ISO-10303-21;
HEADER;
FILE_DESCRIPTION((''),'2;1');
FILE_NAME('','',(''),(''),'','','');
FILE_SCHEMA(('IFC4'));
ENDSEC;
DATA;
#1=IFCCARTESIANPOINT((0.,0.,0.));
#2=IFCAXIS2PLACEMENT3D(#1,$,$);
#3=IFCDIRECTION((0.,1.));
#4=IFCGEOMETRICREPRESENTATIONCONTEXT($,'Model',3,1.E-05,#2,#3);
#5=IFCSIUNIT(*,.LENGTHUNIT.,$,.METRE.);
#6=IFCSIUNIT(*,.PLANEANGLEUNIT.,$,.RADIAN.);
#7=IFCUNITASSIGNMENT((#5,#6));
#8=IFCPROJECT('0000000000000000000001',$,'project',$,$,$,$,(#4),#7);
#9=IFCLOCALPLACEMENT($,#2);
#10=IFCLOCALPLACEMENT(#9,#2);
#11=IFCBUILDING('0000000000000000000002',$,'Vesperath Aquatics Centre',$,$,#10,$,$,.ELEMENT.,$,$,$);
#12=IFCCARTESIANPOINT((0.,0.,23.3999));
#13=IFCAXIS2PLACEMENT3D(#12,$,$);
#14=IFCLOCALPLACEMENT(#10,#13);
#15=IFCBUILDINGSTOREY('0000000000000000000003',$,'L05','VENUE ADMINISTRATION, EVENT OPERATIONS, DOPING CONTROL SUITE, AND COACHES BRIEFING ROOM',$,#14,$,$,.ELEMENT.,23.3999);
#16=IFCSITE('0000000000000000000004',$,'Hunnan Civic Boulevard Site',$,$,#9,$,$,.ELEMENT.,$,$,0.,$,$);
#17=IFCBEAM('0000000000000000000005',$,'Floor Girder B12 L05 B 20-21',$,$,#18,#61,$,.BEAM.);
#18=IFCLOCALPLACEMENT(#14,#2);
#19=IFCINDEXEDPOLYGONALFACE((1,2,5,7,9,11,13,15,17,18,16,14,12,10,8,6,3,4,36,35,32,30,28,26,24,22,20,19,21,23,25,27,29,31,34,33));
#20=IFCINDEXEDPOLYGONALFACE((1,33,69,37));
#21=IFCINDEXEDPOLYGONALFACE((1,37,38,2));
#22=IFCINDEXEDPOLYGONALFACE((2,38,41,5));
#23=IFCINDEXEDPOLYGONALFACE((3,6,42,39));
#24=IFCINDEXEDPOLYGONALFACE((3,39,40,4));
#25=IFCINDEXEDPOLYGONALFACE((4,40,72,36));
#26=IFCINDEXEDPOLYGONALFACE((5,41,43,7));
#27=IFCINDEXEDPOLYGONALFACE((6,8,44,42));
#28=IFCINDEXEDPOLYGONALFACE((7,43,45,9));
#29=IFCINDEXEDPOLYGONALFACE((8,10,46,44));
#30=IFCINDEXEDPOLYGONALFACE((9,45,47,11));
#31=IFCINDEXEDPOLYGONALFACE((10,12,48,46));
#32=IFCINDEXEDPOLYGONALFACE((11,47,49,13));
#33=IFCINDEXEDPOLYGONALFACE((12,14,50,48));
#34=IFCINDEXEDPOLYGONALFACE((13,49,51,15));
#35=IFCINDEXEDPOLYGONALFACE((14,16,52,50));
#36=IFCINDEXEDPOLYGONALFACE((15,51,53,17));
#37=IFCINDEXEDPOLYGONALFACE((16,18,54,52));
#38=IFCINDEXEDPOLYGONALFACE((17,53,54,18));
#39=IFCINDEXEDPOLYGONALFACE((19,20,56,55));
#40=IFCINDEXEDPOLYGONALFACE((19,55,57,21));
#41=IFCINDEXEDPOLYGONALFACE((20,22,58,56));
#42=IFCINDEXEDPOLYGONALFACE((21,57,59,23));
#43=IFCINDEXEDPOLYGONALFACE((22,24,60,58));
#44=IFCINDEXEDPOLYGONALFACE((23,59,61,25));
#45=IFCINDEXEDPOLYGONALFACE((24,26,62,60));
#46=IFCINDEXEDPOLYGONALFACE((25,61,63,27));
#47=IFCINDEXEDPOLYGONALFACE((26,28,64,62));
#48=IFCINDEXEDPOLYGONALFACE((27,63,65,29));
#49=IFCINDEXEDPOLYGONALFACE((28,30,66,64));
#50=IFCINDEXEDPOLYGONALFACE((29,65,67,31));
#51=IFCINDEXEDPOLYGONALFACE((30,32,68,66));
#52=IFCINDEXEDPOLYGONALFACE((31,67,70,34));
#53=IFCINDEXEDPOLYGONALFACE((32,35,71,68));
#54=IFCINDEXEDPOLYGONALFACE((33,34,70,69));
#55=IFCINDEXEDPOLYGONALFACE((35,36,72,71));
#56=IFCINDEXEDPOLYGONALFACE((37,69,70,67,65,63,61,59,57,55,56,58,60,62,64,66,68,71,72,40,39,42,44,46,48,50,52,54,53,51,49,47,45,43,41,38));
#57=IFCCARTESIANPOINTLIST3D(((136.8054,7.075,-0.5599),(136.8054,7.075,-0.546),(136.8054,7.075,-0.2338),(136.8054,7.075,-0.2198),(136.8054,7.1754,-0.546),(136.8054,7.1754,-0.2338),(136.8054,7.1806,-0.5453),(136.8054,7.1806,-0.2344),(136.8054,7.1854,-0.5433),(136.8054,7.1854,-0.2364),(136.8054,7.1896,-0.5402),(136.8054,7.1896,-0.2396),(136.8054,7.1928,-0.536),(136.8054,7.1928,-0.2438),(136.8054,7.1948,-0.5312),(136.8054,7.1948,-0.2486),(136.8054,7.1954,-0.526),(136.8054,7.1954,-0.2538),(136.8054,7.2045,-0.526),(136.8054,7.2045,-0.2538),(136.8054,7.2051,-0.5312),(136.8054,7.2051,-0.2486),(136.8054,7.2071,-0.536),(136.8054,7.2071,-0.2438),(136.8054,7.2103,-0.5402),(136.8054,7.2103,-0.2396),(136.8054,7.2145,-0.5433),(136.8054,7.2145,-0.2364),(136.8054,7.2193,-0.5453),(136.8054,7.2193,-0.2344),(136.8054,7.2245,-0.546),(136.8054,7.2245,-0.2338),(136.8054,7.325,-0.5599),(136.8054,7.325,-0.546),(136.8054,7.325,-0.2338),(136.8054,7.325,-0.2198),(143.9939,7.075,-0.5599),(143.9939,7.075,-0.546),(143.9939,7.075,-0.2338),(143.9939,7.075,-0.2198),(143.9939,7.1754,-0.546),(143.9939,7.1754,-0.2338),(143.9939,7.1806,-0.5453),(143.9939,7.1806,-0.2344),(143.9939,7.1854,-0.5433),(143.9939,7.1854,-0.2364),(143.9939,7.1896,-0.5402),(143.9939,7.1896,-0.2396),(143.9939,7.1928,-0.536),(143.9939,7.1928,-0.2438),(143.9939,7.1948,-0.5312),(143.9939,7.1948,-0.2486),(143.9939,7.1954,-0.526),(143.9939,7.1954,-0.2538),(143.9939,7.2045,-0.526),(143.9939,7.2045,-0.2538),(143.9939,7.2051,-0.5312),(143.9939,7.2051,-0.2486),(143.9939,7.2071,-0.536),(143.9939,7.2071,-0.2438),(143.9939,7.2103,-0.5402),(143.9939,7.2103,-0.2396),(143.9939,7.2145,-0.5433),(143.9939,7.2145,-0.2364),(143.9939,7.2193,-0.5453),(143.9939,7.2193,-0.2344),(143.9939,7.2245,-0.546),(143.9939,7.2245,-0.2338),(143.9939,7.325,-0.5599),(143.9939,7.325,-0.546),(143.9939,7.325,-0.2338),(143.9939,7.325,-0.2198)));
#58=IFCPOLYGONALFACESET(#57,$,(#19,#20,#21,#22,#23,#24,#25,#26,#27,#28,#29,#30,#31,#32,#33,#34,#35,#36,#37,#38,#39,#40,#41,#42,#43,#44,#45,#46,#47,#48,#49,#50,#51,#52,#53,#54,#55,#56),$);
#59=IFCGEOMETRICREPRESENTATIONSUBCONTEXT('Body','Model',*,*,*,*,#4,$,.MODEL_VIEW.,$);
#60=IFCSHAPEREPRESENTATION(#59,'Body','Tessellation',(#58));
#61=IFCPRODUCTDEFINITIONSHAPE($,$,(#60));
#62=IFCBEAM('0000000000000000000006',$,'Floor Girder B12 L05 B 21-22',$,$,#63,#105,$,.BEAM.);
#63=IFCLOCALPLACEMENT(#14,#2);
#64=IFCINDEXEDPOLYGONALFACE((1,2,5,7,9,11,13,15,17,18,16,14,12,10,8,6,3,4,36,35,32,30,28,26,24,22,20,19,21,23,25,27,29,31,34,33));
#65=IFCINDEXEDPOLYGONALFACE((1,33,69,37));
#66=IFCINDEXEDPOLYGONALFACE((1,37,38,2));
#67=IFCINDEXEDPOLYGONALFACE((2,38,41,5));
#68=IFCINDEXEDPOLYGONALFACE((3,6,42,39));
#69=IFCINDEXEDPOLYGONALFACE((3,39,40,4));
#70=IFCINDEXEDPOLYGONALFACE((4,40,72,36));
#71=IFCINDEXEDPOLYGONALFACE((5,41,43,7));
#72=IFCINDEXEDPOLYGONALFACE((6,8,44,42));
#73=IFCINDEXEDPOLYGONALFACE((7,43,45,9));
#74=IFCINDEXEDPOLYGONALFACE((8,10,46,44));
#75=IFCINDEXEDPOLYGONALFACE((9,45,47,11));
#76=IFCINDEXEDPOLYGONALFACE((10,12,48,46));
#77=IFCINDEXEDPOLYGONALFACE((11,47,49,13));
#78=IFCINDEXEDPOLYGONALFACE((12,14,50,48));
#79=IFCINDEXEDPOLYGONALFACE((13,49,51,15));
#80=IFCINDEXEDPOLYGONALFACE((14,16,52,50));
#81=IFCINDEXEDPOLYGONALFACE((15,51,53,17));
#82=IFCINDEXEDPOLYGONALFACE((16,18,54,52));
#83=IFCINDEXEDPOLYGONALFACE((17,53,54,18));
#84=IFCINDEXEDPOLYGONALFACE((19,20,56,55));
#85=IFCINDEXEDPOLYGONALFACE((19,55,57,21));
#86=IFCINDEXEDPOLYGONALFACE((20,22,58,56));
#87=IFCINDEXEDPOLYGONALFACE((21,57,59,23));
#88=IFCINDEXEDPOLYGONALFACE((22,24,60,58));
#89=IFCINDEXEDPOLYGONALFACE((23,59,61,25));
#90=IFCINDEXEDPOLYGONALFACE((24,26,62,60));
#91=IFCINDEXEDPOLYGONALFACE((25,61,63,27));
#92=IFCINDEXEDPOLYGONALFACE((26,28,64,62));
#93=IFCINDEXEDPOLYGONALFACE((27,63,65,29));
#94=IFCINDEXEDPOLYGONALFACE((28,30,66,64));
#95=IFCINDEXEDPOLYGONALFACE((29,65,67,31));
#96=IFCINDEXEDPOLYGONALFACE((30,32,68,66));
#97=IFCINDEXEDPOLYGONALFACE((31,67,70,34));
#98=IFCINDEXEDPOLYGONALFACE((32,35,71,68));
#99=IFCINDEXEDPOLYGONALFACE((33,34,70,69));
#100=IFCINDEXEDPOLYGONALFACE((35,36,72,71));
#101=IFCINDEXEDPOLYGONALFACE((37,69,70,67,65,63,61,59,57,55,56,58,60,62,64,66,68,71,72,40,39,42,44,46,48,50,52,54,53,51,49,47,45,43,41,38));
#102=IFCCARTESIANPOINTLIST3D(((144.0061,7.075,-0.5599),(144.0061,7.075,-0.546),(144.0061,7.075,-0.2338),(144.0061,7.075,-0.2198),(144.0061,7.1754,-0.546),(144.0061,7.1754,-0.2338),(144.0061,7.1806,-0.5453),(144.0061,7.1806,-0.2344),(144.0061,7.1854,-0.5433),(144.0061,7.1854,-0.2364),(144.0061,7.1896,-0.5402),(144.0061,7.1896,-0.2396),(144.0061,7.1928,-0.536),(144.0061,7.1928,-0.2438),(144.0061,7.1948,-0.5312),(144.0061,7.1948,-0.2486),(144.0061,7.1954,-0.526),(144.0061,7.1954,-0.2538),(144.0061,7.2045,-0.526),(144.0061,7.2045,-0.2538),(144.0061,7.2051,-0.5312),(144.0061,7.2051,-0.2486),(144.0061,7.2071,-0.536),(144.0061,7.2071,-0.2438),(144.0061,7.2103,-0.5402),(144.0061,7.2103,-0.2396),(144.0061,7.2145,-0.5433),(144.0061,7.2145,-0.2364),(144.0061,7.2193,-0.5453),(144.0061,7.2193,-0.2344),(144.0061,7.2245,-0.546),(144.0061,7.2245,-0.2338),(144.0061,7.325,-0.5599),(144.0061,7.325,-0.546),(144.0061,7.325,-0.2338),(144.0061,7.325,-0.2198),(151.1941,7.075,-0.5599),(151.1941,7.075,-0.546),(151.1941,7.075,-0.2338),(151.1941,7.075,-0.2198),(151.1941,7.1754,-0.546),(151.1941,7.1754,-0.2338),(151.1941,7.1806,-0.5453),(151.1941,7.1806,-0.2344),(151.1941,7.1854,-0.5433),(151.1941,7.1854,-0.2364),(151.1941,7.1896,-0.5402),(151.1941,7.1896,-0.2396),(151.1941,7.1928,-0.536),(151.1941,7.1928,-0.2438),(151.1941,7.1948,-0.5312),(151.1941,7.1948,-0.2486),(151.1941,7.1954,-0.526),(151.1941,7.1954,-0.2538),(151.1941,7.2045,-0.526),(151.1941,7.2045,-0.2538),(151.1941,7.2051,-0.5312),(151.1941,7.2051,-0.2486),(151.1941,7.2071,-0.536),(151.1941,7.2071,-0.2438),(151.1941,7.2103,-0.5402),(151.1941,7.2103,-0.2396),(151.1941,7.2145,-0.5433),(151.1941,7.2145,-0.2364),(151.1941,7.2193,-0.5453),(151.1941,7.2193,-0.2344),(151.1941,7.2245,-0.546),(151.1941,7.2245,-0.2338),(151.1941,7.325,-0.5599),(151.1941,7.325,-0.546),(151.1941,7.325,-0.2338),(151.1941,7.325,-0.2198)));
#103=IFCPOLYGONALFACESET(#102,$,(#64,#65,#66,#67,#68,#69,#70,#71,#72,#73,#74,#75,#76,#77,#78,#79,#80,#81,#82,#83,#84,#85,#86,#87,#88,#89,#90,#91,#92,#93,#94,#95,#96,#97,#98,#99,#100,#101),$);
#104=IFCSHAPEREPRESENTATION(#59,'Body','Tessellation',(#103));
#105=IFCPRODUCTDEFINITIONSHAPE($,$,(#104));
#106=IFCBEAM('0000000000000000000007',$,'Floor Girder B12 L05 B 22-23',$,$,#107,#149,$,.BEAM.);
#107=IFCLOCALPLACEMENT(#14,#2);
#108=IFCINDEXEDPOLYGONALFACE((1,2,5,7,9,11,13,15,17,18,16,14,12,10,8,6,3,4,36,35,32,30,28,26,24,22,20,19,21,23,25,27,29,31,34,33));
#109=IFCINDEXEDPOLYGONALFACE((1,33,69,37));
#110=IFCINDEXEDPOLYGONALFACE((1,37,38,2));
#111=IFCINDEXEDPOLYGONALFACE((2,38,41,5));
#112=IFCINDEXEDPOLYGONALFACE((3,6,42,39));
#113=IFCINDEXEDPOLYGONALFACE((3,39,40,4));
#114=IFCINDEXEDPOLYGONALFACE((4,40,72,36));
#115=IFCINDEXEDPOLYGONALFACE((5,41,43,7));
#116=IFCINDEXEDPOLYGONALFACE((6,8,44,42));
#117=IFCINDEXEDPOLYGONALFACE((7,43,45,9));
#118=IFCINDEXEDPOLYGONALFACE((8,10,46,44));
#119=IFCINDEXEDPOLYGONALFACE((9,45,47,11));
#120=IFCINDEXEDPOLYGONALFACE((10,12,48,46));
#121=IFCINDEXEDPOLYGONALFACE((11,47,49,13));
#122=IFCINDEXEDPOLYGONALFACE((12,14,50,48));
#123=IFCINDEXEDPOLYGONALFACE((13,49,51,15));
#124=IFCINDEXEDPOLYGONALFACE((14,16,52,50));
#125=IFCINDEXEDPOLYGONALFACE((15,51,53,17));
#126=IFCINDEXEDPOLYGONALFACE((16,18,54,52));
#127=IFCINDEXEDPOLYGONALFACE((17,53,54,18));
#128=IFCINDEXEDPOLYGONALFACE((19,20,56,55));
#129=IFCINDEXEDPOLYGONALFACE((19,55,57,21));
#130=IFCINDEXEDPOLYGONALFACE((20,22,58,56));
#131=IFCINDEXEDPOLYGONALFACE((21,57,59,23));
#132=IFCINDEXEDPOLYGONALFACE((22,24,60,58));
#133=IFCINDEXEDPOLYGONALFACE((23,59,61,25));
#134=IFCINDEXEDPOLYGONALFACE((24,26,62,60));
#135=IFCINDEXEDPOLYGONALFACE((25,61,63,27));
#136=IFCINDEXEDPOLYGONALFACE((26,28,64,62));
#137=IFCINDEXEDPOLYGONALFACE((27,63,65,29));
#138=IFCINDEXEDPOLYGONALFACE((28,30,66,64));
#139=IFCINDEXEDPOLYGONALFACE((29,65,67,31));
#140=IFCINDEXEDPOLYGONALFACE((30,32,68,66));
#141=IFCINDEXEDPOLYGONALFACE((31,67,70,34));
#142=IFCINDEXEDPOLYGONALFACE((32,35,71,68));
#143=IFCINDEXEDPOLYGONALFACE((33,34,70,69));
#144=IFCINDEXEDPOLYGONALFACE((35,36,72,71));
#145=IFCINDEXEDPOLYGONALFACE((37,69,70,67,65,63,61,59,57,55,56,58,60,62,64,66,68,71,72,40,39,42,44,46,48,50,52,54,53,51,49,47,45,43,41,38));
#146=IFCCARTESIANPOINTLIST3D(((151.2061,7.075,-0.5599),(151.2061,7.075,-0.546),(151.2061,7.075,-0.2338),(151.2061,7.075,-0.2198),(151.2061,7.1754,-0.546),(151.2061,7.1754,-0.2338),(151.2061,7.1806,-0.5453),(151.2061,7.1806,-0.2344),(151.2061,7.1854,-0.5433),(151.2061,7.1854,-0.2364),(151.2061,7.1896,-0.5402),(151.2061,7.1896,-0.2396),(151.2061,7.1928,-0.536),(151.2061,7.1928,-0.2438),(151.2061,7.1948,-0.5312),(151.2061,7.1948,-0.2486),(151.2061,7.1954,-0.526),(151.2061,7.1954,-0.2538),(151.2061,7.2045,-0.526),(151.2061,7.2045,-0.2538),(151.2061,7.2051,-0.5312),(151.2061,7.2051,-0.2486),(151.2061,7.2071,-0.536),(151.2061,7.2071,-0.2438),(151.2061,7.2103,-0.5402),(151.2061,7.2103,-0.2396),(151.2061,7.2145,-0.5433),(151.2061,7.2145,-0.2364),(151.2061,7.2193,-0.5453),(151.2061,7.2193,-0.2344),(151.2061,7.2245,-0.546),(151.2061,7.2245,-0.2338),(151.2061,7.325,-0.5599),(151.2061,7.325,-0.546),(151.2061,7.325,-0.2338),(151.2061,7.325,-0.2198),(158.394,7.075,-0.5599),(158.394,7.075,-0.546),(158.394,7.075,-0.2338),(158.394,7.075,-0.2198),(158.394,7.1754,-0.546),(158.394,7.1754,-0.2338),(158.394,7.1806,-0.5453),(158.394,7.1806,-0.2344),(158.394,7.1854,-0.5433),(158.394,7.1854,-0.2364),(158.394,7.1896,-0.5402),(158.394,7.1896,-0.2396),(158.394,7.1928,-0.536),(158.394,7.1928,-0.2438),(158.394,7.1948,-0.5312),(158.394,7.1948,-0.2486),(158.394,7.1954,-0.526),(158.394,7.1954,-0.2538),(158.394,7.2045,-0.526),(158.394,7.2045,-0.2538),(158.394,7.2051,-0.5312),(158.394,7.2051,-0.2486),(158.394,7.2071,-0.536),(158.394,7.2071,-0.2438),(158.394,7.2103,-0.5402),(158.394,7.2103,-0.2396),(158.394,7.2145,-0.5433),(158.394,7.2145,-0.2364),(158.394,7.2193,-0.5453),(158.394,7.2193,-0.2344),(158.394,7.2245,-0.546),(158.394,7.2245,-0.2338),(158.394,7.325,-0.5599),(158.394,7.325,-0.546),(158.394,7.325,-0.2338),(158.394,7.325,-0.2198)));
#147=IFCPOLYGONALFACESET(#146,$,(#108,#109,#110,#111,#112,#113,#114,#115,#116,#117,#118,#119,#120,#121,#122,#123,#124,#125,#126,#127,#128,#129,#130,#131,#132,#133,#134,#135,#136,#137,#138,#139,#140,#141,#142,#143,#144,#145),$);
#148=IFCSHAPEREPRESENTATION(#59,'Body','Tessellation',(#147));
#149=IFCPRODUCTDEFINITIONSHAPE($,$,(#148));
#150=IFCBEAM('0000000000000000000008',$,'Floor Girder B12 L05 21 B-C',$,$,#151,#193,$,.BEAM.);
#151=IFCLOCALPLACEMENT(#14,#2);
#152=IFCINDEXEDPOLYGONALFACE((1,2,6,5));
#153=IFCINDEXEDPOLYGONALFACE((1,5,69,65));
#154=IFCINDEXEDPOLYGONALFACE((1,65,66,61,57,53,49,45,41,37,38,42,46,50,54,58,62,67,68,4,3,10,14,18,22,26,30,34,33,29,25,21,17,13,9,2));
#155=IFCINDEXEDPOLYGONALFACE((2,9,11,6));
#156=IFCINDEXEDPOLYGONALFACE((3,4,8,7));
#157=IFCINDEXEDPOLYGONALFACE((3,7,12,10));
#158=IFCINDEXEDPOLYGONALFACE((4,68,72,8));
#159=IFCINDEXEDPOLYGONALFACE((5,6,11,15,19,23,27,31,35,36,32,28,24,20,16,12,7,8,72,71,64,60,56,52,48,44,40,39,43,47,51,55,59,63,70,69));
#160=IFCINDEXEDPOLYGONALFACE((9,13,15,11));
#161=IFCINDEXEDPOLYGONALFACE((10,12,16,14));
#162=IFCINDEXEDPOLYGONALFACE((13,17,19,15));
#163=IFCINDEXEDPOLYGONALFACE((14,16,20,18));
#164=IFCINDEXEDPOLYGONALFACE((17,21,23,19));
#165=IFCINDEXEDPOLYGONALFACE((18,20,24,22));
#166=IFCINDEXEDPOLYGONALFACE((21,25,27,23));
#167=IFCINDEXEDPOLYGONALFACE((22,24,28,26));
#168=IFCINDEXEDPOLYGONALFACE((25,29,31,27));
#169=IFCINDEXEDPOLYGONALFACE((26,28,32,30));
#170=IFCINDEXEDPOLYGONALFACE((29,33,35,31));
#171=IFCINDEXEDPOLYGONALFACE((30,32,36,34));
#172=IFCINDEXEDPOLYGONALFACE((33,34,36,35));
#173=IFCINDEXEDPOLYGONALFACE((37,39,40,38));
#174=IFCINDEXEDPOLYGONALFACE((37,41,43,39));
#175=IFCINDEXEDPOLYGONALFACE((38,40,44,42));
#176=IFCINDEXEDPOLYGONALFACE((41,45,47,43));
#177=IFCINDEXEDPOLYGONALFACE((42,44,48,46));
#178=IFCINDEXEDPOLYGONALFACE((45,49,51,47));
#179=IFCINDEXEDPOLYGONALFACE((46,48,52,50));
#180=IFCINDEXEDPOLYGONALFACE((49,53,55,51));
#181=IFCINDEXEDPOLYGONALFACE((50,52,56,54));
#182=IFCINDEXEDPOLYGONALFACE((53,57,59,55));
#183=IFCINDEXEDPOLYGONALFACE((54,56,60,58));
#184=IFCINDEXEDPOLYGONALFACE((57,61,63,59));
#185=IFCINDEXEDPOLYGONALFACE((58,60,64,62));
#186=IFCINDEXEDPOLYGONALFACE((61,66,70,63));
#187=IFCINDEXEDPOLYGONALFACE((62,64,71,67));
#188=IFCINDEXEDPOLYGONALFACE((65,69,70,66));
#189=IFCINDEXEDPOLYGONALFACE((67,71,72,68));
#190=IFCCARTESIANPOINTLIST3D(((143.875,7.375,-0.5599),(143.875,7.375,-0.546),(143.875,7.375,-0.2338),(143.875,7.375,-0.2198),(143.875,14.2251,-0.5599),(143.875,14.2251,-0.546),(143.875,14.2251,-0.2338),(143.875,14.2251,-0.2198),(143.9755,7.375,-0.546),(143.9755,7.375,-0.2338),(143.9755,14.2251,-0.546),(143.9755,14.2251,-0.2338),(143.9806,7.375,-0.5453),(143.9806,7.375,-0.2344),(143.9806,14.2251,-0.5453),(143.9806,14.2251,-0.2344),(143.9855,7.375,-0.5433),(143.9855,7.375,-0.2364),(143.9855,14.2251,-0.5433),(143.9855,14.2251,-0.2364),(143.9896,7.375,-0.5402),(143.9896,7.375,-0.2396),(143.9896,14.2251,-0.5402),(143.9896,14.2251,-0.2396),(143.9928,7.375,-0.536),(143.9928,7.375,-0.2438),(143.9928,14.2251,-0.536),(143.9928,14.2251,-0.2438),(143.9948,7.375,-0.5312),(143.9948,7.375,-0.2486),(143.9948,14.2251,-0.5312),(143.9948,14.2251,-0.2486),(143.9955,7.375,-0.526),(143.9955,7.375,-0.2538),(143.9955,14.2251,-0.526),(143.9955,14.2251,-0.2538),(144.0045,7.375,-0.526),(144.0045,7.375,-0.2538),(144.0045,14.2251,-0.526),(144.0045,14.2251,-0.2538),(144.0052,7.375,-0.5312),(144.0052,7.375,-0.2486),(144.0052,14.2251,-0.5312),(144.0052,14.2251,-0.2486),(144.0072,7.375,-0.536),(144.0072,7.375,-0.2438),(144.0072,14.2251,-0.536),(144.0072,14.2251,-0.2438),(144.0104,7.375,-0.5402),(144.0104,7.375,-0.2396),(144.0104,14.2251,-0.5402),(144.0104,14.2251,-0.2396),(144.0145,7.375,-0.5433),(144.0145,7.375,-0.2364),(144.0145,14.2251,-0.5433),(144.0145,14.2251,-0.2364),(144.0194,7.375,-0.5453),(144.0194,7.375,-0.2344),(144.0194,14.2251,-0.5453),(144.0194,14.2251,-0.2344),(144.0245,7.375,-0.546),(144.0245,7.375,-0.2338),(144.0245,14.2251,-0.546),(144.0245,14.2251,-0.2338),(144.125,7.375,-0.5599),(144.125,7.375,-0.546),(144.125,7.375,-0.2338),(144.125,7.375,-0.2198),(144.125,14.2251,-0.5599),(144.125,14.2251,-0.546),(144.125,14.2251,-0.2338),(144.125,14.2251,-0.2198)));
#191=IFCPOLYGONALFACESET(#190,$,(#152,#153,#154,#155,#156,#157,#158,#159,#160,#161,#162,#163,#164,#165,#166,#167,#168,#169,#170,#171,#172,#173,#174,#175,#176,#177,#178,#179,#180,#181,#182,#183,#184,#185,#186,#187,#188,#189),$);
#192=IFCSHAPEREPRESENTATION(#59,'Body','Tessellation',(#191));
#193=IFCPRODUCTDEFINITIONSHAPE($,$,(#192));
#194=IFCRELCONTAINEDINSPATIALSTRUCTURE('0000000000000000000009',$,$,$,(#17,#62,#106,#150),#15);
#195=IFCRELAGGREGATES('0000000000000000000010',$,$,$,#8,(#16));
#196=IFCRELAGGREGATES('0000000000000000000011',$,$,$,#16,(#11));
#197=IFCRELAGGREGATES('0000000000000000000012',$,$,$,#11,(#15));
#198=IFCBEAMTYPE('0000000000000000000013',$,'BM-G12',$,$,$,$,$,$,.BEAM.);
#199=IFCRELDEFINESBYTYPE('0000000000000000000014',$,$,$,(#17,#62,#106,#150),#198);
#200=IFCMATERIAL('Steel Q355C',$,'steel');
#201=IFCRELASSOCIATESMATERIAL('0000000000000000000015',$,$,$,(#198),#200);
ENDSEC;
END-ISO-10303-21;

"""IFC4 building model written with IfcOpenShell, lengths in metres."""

from ifc_helpers import new_model, si_unit, direction, frame, origin, origin_2d, place, context, subcontext, project, spatial, i_section, extrude, material, material_profile, profile_set, type_object, element, save


model = new_model("IFC4")

# Units and contexts
model_context = context("Model", 3, precision=1e-05, world=origin(), true_north=direction((0.0, 1.0)))
body_context = subcontext(model_context, "Body", "Model", "MODEL_VIEW")
ifc_project = project(units=[si_unit("LENGTHUNIT", "METRE"), si_unit("PLANEANGLEUNIT", "RADIAN")], contexts=[model_context])

# Site, building, storey
site_placement = place(None, origin())
site = spatial("IfcSite", under=ifc_project, at=site_placement, Name="Hunnan Civic Boulevard Site", CompositionType="ELEMENT", RefElevation=0.0)
building_placement = place(site_placement, origin())
building = spatial("IfcBuilding", under=site, at=building_placement, Name="Vesperath Aquatics Centre", CompositionType="ELEMENT")
storey_placement = place(building_placement, frame((0.0, 0.0, 23.3999)))
storey = spatial("IfcBuildingStorey", under=building, at=storey_placement, Name="L05", Description="VENUE ADMINISTRATION, EVENT OPERATIONS, DOPING CONTROL SUITE, AND COACHES BRIEFING ROOM", CompositionType="ELEMENT", Elevation=23.3999)

# Shared definitions
ifc_material_1 = material(Name="Steel Q355C", Category="steel")

# Beams
ifc_material_profile_1 = material_profile(ifc_material_1, i_section(OverallWidth=0.25, OverallDepth=0.3401, WebThickness=0.009, FlangeThickness=0.0139, FilletRadius=0.02, at=origin_2d()), Name="HM 340x250x9x14")
ifc_profile_set_1 = profile_set([ifc_material_profile_1], Name="Steel Q355C")
beam_type_1 = type_object("IfcBeamType", Name="BM-G12", PredefinedType="BEAM", material=ifc_profile_set_1)
beam_1_placement = place(storey_placement, frame((136.8054, 7.2, -0.3899), z_axis=(1.0, 0.0, 0.0), x_axis=(0.0, 1.0, 0.0)))
element("IfcBeam", 1, at=beam_1_placement, inside=storey, type_object=beam_type_1, Name="Floor Girder B12 L05 B 20-21", PredefinedType="BEAM", context=body_context, shape_type="SweptSolid", body=[
    extrude(i_section(OverallWidth=0.25, OverallDepth=0.3401, WebThickness=0.009, FlangeThickness=0.0139, FilletRadius=0.02, at=origin_2d()), origin(), (0.0, 0.0, 1.0), 7.1885),
])
for number, where, z_axis, x_axis, name in (
    (2, (144.0061, 7.2, -0.3899), (1.0, 0.0, 0.0), (0.0, 1.0, 0.0), "Floor Girder B12 L05 B 21-22"),
    (3, (151.2061, 7.2, -0.3899), (1.0, 0.0, 0.0), (0.0, 1.0, 0.0), "Floor Girder B12 L05 B 22-23"),
):
    element("IfcBeam", number, at=place(storey_placement, frame(where, z_axis=z_axis, x_axis=x_axis)), inside=storey, type_object=beam_type_1, Name=name, PredefinedType="BEAM", context=body_context, shape_type="SweptSolid", body=[
        extrude(i_section(OverallWidth=0.25, OverallDepth=0.3401, WebThickness=0.009, FlangeThickness=0.0139, FilletRadius=0.02, at=origin_2d()), origin(), (0.0, 0.0, 1.0), 7.188),
    ])
beam_2_placement = place(storey_placement, frame((144.0, 7.375, -0.3899), z_axis=(0.0, 1.0, 0.0), x_axis=(-1.0, 0.0, 0.0)))
element("IfcBeam", 4, at=beam_2_placement, inside=storey, type_object=beam_type_1, Name="Floor Girder B12 L05 21 B-C", PredefinedType="BEAM", context=body_context, shape_type="SweptSolid", body=[
    extrude(i_section(OverallWidth=0.25, OverallDepth=0.3401, WebThickness=0.009, FlangeThickness=0.0139, FilletRadius=0.02, at=origin_2d()), origin(), (0.0, 0.0, 1.0), 6.8501),
])

save(model, "model.ifc")
